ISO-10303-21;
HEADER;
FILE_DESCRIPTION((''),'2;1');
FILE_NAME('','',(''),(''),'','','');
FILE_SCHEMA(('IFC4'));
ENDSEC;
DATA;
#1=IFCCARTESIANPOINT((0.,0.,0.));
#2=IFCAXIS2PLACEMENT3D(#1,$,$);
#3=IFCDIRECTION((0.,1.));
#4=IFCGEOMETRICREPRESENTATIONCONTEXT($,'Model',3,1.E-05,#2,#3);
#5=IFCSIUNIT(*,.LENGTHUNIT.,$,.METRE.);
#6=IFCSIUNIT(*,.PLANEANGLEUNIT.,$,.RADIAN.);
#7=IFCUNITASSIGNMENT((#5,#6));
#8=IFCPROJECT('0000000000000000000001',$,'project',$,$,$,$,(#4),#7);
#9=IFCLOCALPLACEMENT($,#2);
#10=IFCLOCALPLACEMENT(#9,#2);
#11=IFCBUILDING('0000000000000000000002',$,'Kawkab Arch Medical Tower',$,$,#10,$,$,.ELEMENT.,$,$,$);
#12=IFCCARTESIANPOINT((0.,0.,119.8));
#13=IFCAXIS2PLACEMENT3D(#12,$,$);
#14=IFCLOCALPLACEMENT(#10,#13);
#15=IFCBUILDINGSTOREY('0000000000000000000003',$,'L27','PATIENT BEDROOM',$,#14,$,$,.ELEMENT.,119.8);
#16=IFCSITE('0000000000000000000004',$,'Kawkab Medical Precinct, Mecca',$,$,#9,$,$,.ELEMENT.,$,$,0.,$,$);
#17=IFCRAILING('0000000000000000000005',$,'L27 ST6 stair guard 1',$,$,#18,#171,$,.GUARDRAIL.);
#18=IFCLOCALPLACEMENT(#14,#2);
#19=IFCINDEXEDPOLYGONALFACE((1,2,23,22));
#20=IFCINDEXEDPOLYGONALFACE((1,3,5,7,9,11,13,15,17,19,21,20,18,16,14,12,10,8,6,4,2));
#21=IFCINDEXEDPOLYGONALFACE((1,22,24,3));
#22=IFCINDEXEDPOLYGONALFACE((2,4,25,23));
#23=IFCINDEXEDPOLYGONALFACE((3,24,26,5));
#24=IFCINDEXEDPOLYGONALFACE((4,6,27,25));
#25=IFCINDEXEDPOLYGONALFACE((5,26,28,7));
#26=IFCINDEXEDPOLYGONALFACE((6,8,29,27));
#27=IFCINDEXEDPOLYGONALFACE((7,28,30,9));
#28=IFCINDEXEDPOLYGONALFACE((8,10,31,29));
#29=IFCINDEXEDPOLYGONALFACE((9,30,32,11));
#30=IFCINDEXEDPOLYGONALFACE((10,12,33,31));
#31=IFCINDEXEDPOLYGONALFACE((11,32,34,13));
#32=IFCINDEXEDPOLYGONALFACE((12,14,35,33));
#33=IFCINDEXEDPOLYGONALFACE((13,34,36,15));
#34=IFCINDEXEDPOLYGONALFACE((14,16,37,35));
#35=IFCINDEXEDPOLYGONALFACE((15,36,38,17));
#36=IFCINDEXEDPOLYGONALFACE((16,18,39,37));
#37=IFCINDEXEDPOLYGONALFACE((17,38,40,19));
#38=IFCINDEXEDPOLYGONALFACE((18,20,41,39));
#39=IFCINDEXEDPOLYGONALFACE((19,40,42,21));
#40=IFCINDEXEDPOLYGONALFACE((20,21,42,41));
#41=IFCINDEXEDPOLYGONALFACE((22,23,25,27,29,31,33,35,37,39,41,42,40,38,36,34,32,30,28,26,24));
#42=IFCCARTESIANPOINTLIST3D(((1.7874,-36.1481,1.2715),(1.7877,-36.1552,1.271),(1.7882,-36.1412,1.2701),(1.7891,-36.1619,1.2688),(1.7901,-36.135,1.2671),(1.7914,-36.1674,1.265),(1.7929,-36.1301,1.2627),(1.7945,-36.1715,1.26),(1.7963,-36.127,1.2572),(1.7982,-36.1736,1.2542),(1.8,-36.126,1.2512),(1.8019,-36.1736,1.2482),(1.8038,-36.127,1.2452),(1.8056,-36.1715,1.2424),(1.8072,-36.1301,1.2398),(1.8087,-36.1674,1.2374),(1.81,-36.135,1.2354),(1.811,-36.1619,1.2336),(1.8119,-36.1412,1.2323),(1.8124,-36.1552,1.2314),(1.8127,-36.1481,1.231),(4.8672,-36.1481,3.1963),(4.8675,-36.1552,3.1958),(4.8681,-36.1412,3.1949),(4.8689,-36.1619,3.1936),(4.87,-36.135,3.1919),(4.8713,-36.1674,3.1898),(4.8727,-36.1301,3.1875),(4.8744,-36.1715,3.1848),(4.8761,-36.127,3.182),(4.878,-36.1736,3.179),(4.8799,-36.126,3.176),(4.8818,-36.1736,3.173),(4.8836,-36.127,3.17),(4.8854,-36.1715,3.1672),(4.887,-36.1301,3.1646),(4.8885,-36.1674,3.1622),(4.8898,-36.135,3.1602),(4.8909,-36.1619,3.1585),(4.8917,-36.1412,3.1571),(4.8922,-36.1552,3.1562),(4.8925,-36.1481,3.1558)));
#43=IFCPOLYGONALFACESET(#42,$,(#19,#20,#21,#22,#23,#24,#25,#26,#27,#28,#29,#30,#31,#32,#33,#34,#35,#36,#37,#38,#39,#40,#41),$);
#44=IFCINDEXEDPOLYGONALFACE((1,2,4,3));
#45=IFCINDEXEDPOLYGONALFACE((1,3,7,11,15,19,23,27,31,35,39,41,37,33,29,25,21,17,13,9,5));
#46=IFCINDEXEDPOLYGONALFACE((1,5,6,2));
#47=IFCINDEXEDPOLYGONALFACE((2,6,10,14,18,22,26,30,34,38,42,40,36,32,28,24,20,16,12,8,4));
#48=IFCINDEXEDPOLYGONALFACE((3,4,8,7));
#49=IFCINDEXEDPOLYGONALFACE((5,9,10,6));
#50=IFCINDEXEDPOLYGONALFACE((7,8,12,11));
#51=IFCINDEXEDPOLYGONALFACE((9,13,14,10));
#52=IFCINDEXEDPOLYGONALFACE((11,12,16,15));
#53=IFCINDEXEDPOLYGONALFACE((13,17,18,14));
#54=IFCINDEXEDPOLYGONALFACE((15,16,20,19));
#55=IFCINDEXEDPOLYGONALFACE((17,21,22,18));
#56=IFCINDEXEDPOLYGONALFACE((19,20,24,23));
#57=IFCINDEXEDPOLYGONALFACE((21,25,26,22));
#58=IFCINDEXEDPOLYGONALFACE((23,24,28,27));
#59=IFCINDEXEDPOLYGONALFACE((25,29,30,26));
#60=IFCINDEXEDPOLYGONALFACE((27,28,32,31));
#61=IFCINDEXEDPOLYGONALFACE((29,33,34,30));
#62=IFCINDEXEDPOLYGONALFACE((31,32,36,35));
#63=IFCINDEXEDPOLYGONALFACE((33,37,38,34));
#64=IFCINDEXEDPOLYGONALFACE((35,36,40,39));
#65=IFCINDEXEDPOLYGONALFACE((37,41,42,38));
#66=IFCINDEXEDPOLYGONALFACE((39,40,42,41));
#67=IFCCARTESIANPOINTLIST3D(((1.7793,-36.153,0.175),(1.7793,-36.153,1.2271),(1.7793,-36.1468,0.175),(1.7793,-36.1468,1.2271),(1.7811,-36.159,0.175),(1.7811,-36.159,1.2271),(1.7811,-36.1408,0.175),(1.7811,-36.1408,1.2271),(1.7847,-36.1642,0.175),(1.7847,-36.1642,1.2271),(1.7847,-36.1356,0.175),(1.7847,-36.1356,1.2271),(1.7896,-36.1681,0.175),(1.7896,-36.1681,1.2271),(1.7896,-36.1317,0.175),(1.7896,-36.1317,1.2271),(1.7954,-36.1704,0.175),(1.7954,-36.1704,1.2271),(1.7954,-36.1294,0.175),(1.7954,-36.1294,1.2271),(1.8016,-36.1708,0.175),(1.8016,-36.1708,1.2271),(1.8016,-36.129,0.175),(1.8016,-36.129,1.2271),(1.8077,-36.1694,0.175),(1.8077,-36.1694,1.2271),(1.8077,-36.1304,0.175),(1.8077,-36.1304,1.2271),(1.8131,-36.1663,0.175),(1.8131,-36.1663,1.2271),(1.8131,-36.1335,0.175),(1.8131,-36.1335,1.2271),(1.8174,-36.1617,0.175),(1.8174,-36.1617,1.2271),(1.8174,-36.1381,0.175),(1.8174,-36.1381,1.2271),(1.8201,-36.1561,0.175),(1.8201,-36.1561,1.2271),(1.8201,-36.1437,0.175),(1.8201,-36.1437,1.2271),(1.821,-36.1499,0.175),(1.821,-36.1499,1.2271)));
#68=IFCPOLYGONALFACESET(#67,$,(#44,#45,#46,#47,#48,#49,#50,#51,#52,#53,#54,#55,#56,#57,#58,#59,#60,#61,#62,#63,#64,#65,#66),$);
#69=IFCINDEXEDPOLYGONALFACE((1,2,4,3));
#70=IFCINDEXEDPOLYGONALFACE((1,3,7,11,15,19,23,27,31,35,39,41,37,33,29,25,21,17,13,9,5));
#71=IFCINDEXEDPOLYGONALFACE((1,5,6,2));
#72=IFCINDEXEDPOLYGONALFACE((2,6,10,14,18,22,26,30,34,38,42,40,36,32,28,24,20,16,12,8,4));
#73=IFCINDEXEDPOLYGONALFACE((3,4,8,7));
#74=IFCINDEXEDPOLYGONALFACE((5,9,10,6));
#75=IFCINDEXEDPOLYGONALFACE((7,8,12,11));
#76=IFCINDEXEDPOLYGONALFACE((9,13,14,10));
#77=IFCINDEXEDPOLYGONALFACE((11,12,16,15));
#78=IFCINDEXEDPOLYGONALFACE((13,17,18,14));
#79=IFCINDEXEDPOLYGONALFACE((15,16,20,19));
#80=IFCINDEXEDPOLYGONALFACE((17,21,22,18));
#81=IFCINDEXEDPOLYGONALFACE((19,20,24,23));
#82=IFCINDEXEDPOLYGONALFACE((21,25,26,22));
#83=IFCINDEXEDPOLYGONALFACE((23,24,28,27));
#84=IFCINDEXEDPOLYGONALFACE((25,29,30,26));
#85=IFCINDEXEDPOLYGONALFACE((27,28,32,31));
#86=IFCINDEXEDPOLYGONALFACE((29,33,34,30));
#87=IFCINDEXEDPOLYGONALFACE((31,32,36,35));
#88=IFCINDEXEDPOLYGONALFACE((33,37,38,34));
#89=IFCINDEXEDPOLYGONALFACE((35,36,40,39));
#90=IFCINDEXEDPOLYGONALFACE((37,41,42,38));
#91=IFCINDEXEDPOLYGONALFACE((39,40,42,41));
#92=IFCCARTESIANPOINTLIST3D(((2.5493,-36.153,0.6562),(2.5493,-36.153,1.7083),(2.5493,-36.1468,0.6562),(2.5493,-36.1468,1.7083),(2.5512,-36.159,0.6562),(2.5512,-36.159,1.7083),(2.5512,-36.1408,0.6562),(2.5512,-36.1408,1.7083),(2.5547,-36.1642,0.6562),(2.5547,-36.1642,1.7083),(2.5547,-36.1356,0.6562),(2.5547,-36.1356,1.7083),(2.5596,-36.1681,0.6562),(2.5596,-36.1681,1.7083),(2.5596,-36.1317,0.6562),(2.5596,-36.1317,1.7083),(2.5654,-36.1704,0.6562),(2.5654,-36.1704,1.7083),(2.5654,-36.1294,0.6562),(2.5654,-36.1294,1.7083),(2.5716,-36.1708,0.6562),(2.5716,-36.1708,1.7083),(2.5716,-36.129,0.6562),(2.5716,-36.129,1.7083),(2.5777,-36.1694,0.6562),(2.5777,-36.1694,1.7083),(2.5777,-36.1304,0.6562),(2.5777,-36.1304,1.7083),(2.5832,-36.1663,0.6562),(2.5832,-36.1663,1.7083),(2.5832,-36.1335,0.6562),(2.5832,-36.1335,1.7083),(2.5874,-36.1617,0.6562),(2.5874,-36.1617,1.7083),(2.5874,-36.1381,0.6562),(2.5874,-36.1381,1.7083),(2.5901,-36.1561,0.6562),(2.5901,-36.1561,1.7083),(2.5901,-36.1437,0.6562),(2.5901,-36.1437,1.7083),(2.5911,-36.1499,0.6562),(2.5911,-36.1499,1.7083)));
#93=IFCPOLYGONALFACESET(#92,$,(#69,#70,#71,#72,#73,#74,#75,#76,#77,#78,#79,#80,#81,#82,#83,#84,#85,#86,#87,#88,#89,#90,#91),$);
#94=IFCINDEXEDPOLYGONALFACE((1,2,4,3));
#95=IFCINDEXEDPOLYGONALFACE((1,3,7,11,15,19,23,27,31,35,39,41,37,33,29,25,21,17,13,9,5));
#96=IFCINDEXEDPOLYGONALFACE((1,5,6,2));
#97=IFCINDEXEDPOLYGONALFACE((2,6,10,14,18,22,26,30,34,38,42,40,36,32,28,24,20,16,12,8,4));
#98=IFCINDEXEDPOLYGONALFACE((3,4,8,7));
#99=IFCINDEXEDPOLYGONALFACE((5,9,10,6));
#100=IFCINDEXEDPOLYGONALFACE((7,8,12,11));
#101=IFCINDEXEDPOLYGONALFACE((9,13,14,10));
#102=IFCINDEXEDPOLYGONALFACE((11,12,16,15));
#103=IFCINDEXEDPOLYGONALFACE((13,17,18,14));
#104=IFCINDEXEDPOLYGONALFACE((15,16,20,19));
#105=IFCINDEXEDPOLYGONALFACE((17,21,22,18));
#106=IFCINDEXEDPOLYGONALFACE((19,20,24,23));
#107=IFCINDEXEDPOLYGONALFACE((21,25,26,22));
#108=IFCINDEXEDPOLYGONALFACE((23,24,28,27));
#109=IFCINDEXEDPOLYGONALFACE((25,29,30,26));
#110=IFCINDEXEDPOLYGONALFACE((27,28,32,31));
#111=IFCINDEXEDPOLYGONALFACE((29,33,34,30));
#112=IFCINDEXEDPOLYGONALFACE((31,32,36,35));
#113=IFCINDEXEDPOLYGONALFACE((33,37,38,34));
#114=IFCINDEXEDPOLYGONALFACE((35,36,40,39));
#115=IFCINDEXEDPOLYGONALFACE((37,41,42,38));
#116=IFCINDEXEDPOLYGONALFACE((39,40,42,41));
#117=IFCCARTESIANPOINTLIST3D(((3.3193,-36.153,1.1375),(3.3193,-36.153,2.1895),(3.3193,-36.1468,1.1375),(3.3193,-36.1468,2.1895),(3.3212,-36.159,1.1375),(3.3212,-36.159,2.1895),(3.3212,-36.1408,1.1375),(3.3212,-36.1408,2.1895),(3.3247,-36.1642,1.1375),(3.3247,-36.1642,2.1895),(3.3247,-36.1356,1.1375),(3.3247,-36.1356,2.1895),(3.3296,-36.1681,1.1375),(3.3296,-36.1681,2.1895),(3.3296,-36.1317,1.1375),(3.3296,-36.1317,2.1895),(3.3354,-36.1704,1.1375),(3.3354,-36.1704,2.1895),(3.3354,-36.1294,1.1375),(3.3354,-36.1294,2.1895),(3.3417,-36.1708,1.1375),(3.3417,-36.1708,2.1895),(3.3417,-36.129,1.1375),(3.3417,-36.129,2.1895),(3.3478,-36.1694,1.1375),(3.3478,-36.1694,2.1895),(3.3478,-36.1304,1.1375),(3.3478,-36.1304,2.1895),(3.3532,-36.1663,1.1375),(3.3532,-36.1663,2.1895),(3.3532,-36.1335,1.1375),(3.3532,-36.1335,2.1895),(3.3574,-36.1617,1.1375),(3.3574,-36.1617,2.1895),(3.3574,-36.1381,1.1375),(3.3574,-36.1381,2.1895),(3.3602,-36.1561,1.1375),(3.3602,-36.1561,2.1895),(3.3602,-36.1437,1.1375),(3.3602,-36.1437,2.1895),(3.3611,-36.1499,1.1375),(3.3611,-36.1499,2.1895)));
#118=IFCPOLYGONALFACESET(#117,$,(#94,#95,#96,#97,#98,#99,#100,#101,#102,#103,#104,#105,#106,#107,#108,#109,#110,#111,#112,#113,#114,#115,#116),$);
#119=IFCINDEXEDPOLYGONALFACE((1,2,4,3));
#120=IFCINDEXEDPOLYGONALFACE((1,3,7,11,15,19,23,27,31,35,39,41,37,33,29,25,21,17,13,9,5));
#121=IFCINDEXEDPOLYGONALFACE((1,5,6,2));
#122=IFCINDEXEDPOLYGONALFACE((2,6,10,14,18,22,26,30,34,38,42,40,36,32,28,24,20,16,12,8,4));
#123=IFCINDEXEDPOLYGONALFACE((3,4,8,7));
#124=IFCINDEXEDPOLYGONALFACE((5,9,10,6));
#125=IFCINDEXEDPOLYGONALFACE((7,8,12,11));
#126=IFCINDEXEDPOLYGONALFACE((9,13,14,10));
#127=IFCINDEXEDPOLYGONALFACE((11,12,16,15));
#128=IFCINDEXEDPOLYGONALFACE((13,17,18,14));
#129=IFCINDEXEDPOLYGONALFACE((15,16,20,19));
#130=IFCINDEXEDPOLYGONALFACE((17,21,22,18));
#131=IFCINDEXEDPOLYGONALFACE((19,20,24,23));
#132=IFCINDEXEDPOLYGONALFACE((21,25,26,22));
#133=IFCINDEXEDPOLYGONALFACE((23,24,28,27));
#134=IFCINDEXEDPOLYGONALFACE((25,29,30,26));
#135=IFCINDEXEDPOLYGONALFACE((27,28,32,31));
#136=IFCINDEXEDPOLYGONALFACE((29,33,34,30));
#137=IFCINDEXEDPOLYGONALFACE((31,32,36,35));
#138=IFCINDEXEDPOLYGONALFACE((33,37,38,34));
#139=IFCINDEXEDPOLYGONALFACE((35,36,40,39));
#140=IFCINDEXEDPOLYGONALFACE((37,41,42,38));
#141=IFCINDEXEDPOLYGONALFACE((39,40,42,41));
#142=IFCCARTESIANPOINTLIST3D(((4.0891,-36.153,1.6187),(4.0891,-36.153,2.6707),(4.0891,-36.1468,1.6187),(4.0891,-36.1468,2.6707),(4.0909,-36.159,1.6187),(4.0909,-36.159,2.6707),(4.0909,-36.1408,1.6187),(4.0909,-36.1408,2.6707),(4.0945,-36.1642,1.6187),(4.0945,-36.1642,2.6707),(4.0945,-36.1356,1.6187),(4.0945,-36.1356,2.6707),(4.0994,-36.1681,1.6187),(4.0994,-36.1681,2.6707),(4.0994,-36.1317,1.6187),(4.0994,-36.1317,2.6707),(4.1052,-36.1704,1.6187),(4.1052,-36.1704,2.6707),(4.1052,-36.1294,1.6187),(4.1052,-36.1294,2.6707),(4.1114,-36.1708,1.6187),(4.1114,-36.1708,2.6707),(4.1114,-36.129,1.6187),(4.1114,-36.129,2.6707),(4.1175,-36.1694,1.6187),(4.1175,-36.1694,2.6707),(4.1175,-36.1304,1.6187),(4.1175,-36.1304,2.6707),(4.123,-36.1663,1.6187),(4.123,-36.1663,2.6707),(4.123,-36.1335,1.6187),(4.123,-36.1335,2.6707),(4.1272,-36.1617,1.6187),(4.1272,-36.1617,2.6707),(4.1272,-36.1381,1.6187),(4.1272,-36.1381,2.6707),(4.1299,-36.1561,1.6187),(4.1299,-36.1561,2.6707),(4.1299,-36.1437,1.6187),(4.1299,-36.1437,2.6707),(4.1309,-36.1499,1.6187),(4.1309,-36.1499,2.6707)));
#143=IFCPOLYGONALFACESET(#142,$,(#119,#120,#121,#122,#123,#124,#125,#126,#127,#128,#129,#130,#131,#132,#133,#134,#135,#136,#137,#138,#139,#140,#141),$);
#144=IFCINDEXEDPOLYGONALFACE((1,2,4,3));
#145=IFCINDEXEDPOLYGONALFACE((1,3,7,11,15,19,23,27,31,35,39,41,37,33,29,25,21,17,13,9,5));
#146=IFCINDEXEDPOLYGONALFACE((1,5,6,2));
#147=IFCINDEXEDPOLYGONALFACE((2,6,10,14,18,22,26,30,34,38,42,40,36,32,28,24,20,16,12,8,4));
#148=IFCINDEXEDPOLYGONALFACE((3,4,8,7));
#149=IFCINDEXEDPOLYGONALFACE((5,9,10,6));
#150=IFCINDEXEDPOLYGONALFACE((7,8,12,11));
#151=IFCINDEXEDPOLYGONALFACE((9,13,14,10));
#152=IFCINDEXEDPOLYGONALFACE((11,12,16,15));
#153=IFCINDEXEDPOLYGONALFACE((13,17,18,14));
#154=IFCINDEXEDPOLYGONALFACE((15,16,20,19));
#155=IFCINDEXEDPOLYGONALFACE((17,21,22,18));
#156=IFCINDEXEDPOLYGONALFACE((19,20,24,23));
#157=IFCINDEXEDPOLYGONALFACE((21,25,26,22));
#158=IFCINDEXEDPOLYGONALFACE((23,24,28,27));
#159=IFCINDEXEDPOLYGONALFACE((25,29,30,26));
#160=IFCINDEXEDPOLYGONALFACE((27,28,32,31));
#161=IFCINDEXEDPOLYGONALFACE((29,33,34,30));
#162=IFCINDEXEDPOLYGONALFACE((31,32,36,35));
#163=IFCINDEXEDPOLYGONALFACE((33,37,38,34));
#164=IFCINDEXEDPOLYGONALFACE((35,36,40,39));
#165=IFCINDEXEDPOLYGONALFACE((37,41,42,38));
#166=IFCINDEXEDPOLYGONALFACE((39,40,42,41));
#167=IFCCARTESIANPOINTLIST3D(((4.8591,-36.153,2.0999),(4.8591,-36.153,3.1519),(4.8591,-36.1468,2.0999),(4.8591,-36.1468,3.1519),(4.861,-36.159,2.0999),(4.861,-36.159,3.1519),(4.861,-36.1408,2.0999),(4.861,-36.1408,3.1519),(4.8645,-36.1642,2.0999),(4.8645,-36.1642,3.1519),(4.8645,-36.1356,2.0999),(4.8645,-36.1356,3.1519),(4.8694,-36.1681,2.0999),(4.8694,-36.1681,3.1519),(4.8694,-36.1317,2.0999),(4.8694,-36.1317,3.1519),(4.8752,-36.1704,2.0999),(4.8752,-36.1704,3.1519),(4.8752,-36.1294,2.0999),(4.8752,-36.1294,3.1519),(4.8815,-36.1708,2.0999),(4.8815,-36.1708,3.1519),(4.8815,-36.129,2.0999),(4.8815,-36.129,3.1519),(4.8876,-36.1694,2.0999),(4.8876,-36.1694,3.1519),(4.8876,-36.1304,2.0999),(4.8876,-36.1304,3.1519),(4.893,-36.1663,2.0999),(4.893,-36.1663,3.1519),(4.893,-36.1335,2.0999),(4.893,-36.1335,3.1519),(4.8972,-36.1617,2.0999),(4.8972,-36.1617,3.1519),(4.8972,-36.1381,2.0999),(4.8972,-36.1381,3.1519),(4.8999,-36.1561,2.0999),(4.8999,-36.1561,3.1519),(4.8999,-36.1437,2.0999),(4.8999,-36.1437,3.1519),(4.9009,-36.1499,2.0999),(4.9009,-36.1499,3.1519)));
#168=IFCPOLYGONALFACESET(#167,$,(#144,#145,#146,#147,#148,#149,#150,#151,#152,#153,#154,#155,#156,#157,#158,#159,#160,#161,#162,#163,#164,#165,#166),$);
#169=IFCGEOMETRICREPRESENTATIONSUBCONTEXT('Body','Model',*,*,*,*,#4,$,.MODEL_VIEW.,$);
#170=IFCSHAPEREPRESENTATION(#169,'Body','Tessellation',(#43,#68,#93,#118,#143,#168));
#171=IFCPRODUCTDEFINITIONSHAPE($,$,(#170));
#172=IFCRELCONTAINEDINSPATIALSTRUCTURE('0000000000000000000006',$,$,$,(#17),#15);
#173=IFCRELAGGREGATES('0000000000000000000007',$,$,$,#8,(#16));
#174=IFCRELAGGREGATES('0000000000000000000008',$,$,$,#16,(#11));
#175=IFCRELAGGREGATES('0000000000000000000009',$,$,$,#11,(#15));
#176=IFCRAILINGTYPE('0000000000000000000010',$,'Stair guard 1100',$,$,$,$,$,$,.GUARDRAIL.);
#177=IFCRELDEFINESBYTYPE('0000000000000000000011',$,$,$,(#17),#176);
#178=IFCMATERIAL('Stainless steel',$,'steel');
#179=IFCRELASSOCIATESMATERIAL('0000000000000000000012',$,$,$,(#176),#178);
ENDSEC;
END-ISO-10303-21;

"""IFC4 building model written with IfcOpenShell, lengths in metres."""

from ifc_helpers import new_model, si_unit, direction, frame, origin, origin_2d, place, context, subcontext, project, spatial, circle, extrude, material, type_object, element, save


model = new_model("IFC4")

# Units and contexts
model_context = context("Model", 3, precision=1e-05, world=origin(), true_north=direction((0.0, 1.0)))
body_context = subcontext(model_context, "Body", "Model", "MODEL_VIEW")
ifc_project = project(units=[si_unit("LENGTHUNIT", "METRE"), si_unit("PLANEANGLEUNIT", "RADIAN")], contexts=[model_context])

# Site, building, storey
site_placement = place(None, origin())
site = spatial("IfcSite", under=ifc_project, at=site_placement, Name="Kawkab Medical Precinct, Mecca", CompositionType="ELEMENT", RefElevation=0.0)
building_placement = place(site_placement, origin())
building = spatial("IfcBuilding", under=site, at=building_placement, Name="Kawkab Arch Medical Tower", CompositionType="ELEMENT")
storey_placement = place(building_placement, frame((0.0, 0.0, 119.8)))
storey = spatial("IfcBuildingStorey", under=building, at=storey_placement, Name="L27", Description="PATIENT BEDROOM", CompositionType="ELEMENT", Elevation=119.8)

# Railing
ifc_material_1 = material(Name="Stainless steel", Category="steel")
railing_type = type_object("IfcRailingType", Name="Stair guard 1100", PredefinedType="GUARDRAIL", material=ifc_material_1)
railing_1_placement = place(storey_placement, frame((1.8, -36.1499, 0.175)))
element("IfcRailing", 1, at=railing_1_placement, inside=storey, type_object=railing_type, Name="L27 ST6 stair guard 1", PredefinedType="GUARDRAIL", context=body_context, shape_type="SweptSolid", body=[
    extrude(circle(Radius=0.0239, at=origin_2d()), frame((0.0, 0.0, 1.0762), z_axis=(0.84801, 0.0, 0.529981), x_axis=(0.0, 1.0, 0.0)), (0.0, 0.0, 1.0), 3.6318),
    extrude(circle(Radius=0.021, at=origin_2d()), origin(), (0.0, 0.0, 1.0), 1.052),
    extrude(circle(Radius=0.021, at=origin_2d()), frame((0.77, 0.0, 0.4812)), (0.0, 0.0, 1.0), 1.052),
    extrude(circle(Radius=0.021, at=origin_2d()), frame((1.54, 0.0, 0.9624)), (0.0, 0.0, 1.0), 1.052),
    extrude(circle(Radius=0.021, at=origin_2d()), frame((2.3098, 0.0, 1.4436)), (0.0, 0.0, 1.0), 1.052),
    extrude(circle(Radius=0.021, at=origin_2d()), frame((3.0798, 0.0, 1.9248)), (0.0, 0.0, 1.0), 1.052),
])

save(model, "model.ifc")
